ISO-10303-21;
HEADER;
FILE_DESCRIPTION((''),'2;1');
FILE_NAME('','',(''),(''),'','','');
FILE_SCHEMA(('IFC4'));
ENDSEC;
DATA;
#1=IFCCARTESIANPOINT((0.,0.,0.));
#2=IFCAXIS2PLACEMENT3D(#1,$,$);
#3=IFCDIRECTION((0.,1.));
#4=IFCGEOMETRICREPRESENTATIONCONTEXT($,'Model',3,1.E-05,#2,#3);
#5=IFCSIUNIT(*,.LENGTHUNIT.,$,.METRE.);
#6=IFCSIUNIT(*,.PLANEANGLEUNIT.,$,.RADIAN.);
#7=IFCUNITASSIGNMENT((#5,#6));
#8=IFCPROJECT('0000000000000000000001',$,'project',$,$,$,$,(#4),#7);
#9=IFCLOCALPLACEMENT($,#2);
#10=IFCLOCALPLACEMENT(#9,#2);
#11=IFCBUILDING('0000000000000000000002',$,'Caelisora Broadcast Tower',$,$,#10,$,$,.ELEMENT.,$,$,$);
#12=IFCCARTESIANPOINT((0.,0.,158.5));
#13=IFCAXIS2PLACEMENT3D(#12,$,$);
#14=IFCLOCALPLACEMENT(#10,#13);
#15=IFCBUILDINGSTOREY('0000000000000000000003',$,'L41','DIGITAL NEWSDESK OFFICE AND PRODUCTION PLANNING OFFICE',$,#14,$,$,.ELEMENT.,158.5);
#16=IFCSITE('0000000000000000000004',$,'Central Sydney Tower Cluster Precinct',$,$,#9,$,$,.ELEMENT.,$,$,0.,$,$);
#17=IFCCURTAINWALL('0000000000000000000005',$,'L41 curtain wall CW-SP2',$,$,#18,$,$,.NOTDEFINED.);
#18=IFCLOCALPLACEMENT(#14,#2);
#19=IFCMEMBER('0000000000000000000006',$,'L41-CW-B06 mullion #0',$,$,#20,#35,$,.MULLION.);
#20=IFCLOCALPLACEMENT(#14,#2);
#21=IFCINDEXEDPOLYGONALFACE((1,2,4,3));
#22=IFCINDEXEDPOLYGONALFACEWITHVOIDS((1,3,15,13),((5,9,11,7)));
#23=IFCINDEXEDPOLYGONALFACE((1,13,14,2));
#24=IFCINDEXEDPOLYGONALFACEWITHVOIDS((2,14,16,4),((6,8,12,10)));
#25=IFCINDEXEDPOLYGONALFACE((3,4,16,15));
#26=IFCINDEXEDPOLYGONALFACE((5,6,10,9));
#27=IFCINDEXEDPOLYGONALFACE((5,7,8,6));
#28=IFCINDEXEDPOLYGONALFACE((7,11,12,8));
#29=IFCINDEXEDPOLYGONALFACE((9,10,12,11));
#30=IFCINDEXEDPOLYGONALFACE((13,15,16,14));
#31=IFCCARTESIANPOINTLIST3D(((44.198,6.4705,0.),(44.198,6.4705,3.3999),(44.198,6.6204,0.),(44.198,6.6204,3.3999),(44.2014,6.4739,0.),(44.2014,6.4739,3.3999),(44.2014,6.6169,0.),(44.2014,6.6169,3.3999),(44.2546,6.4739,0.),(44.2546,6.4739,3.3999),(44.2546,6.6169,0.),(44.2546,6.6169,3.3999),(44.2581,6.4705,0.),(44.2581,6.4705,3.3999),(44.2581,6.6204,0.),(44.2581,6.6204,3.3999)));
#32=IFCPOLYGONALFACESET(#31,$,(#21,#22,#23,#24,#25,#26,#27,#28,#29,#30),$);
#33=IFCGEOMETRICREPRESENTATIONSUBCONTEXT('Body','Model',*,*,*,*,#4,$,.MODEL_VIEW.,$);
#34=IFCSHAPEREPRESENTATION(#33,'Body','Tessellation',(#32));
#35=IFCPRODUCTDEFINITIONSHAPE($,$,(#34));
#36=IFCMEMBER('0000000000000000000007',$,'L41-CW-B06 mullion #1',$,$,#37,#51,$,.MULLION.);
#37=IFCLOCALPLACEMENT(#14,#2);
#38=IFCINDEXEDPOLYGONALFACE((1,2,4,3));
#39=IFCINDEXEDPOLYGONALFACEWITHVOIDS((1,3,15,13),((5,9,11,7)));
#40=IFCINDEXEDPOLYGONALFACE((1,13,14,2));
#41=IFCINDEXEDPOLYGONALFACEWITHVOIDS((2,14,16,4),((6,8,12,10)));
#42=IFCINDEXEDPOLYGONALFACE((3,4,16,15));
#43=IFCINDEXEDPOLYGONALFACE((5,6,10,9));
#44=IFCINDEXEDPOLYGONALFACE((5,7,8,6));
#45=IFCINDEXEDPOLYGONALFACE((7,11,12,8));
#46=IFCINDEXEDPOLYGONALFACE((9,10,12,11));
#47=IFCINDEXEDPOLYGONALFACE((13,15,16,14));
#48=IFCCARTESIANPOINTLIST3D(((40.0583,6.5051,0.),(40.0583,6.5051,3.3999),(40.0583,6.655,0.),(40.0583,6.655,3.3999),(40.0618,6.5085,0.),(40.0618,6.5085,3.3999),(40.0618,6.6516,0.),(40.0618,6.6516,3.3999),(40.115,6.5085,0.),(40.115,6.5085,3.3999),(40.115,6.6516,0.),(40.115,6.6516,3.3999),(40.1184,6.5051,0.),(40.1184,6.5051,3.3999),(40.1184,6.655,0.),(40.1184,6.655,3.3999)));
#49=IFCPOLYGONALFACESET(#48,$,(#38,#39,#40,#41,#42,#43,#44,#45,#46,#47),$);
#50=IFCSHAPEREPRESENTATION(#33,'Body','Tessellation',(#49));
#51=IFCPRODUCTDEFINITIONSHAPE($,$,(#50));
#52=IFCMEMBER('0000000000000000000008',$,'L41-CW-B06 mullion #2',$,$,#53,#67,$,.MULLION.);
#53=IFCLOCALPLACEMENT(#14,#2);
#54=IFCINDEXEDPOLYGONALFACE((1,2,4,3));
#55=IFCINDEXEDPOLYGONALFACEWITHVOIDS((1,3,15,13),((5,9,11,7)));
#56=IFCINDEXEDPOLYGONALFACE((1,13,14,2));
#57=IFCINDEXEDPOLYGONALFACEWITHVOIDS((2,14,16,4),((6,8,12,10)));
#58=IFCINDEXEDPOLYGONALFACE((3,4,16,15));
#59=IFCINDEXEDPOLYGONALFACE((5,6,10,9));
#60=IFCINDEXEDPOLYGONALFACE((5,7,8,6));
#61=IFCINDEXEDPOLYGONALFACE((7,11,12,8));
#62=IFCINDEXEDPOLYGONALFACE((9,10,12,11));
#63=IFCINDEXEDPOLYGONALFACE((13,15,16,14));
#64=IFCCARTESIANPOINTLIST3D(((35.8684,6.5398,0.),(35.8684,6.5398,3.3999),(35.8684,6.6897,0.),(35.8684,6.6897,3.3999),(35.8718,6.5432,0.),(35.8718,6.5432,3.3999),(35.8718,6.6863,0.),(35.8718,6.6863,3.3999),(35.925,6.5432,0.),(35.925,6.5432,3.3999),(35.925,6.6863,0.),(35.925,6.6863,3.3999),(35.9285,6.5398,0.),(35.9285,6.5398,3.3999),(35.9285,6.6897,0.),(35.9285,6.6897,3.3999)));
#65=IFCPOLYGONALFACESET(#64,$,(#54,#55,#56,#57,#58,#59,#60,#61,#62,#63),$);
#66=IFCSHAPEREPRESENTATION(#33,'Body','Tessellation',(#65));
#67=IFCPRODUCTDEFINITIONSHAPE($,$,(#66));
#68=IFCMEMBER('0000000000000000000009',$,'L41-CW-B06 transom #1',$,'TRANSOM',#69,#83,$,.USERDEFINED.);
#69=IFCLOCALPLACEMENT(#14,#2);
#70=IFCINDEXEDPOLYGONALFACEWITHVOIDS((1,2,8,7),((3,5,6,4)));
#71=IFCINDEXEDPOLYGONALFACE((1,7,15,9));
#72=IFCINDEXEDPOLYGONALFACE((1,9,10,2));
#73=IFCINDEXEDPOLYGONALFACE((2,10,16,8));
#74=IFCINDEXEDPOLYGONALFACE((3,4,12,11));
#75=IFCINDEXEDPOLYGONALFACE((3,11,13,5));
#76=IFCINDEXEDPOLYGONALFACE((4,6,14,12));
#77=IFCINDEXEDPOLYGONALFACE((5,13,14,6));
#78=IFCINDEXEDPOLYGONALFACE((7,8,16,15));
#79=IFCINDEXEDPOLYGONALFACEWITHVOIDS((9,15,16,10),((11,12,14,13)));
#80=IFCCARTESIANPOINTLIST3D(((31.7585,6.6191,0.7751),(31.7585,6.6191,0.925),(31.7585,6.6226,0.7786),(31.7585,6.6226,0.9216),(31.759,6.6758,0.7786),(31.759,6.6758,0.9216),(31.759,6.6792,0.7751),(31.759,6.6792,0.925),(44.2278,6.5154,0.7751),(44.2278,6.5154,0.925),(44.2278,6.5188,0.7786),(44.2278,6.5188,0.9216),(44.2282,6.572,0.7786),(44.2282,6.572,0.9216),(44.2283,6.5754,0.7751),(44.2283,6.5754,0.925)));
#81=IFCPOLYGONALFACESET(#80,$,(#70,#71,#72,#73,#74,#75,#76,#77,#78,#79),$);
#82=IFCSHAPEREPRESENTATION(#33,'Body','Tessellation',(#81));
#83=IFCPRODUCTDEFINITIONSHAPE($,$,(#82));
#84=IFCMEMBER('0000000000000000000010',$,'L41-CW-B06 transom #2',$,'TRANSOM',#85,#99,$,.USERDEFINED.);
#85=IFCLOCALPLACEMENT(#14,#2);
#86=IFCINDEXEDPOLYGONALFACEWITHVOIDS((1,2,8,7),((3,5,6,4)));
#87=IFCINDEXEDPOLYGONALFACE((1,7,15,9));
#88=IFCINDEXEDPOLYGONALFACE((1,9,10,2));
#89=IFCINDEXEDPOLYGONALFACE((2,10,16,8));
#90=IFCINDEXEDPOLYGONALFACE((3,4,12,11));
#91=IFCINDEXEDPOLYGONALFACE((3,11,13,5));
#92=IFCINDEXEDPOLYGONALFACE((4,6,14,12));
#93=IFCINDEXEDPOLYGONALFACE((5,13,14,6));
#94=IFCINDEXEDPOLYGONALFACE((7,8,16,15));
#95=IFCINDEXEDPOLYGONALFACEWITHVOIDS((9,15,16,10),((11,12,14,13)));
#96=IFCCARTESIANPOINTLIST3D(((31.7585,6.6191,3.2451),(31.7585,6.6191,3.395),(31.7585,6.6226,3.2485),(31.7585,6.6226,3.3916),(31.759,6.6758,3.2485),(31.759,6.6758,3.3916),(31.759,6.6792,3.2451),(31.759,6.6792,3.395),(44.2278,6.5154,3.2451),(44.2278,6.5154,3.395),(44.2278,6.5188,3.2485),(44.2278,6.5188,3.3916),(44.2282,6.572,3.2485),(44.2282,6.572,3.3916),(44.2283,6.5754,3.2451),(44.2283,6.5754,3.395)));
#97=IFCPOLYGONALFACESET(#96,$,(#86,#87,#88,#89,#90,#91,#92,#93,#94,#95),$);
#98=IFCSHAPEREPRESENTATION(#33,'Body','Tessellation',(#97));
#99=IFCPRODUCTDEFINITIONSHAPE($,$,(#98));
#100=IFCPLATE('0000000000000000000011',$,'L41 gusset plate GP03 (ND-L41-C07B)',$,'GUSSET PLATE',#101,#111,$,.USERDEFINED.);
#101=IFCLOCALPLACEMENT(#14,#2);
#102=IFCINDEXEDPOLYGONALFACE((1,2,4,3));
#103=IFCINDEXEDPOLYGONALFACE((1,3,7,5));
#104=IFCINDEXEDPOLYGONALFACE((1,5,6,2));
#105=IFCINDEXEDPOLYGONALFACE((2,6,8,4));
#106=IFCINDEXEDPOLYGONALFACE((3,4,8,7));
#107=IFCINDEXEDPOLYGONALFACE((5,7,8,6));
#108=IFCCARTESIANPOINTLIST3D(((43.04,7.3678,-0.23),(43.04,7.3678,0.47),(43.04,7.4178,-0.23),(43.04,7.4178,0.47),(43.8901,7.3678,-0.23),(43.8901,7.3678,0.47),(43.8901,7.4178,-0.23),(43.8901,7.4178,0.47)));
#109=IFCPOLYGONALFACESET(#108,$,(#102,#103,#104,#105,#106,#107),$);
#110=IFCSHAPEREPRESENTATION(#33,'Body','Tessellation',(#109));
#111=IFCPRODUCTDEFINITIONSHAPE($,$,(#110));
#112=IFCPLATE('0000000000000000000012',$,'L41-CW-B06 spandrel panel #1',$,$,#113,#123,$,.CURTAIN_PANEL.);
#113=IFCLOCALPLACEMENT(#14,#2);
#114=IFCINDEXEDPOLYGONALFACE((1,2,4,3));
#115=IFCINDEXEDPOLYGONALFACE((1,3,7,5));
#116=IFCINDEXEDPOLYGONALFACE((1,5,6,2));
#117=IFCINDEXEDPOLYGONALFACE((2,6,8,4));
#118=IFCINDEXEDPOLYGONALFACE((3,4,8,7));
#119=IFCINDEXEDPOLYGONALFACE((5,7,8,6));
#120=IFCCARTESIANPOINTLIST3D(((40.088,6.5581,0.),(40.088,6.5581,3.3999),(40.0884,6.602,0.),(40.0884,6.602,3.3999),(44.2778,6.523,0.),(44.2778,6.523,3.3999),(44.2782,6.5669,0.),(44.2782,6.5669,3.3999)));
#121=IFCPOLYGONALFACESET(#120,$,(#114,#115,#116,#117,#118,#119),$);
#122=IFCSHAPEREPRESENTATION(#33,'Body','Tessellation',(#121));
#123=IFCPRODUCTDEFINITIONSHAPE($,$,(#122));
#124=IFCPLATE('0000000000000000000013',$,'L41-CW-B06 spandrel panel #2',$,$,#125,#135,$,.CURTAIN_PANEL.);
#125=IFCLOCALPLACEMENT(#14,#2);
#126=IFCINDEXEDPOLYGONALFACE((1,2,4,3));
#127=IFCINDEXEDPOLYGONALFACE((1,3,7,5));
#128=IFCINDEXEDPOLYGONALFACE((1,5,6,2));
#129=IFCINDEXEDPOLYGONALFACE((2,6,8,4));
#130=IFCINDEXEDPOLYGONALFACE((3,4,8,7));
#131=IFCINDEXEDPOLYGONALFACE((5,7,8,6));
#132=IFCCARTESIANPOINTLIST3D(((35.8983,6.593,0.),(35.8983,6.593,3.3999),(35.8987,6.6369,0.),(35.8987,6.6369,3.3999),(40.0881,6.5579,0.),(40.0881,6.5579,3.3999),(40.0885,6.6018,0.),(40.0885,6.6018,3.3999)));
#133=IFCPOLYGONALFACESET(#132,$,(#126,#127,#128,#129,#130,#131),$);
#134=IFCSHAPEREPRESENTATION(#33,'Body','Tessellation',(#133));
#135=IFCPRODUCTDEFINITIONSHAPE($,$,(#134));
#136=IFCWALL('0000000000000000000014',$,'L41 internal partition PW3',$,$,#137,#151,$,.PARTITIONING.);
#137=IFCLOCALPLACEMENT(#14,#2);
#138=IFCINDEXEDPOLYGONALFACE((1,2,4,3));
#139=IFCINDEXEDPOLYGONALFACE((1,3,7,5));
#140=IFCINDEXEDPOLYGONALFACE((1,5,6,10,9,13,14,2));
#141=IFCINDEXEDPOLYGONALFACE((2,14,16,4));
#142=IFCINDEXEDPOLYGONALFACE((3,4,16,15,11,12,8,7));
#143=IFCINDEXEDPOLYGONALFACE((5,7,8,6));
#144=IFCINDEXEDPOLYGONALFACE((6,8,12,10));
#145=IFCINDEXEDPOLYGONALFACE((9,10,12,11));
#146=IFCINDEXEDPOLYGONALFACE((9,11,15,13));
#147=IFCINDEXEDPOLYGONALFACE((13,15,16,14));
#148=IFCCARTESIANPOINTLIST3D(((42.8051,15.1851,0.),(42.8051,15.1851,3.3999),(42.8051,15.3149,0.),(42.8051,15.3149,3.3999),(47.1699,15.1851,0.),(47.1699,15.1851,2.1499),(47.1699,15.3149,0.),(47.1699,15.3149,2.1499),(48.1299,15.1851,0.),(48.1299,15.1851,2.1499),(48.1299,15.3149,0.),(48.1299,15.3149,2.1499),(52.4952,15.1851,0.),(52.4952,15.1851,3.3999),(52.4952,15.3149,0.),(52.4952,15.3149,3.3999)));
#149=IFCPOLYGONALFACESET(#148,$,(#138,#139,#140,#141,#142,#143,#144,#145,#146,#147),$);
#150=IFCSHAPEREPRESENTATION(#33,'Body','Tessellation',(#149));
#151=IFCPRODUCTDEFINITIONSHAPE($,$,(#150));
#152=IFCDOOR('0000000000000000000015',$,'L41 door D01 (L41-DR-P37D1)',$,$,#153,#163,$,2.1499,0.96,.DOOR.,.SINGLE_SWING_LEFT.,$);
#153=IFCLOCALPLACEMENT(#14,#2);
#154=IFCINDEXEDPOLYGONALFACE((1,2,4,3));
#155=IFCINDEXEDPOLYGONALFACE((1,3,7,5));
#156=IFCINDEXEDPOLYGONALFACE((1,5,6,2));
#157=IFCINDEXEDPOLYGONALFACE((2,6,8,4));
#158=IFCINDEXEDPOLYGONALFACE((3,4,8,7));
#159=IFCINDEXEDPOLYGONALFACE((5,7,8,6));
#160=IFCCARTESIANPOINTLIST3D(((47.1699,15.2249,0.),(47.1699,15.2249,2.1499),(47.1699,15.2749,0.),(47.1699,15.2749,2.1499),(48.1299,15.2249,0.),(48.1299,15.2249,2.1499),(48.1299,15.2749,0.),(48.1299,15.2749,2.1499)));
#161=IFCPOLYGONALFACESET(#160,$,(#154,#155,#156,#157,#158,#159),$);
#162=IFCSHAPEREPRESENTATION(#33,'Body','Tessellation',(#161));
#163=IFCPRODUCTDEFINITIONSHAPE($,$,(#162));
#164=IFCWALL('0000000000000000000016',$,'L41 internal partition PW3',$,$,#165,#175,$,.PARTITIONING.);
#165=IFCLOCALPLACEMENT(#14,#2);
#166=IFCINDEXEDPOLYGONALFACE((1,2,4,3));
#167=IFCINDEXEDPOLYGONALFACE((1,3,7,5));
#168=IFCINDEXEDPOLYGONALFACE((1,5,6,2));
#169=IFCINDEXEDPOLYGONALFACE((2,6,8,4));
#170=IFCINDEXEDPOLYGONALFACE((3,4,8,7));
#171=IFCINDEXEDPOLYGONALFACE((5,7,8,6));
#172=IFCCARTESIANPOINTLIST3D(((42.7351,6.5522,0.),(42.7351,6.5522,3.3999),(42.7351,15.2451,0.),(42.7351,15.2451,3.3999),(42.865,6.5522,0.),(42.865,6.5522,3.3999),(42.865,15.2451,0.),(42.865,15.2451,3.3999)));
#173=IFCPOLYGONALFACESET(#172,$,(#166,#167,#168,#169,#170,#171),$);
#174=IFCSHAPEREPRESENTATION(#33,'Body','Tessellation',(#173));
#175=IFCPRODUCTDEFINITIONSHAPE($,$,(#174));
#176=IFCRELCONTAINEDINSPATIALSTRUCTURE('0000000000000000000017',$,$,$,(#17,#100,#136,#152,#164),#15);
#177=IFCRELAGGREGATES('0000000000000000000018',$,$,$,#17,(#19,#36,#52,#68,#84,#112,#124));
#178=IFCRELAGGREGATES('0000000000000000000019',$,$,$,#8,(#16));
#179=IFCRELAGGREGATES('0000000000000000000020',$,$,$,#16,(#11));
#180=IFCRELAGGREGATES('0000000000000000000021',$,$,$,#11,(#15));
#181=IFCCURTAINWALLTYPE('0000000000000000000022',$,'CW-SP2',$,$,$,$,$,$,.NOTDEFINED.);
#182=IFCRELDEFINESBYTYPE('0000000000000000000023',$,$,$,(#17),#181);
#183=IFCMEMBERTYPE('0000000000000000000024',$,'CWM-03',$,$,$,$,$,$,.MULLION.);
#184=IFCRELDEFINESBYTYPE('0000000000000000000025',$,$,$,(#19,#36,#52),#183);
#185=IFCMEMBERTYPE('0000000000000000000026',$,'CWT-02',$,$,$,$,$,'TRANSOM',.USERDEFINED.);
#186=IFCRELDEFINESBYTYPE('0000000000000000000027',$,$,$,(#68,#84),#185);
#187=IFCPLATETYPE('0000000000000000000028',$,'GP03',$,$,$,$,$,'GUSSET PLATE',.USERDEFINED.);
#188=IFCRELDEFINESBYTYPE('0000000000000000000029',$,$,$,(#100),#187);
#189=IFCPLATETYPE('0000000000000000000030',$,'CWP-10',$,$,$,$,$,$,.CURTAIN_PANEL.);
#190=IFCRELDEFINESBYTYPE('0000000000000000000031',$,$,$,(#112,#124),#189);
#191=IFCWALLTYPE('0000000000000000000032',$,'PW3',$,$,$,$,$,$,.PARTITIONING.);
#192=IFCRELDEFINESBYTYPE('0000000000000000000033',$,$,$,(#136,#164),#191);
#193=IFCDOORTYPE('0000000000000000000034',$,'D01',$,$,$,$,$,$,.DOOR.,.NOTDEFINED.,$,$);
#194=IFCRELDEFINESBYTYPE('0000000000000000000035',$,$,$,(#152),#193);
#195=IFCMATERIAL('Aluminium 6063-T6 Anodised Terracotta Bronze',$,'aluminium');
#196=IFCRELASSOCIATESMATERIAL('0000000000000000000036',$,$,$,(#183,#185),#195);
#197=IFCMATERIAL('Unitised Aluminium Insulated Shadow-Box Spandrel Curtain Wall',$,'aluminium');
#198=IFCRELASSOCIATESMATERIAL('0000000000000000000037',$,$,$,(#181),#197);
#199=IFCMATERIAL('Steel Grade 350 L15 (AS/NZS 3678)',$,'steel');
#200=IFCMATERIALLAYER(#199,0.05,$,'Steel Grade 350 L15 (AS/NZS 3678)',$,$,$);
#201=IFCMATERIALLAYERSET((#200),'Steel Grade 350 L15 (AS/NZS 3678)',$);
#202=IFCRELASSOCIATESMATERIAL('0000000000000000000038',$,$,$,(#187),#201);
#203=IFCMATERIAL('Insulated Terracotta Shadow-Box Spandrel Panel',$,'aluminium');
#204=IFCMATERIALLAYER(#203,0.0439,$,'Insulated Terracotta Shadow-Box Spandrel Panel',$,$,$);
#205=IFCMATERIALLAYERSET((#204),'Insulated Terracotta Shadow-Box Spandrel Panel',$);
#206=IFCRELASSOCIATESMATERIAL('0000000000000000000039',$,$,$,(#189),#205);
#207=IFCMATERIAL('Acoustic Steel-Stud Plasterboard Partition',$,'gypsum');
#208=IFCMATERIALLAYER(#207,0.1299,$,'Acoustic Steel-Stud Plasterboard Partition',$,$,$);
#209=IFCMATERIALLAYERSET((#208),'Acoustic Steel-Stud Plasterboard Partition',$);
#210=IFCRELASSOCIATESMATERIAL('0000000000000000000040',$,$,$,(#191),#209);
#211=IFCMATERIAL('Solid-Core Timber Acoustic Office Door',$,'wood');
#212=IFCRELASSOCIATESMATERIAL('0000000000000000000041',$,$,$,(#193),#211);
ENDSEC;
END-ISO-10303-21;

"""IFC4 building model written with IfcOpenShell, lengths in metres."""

from ifc_helpers import new_model, si_unit, direction, frame, frame_2d, origin, origin_2d, place, context, subcontext, project, spatial, rectangle, hollow_rectangle, extrude, source, transform, mapped, material, layer, layer_set, material_profile, profile_set, type_object, type_shapes, element, fill, aggregate, save


model = new_model("IFC4")

# Units and contexts
model_context = context("Model", 3, precision=1e-05, world=origin(), true_north=direction((0.0, 1.0)))
body_context = subcontext(model_context, "Body", "Model", "MODEL_VIEW")
ifc_project = project(units=[si_unit("LENGTHUNIT", "METRE"), si_unit("PLANEANGLEUNIT", "RADIAN")], contexts=[model_context])

# Site, building, storey
site_placement = place(None, origin())
site = spatial("IfcSite", under=ifc_project, at=site_placement, Name="Central Sydney Tower Cluster Precinct", CompositionType="ELEMENT", RefElevation=0.0)
building_placement = place(site_placement, origin())
building = spatial("IfcBuilding", under=site, at=building_placement, Name="Caelisora Broadcast Tower", CompositionType="ELEMENT")
storey_placement = place(building_placement, frame((0.0, 0.0, 158.5)))
storey = spatial("IfcBuildingStorey", under=building, at=storey_placement, Name="L41", Description="DIGITAL NEWSDESK OFFICE AND PRODUCTION PLANNING OFFICE", CompositionType="ELEMENT", Elevation=158.5)

# Shared definitions
ifc_material_1 = material(Name="Steel Grade 350 L15 (AS/NZS 3678)", Category="steel")

# Shared definitions
ifc_material_2 = material(Name="Aluminium 6063-T6 Anodised Terracotta Bronze", Category="aluminium")
ifc_material_profile_1 = material_profile(ifc_material_2, hollow_rectangle(XDim=0.0601, YDim=0.1499, WallThickness=0.0034, at=origin_2d()), Name="Aluminium 6063-T6 Anodised Terracotta Bronze")
ifc_profile_set_1 = profile_set([ifc_material_profile_1], Name="Aluminium 6063-T6 Anodised Terracotta Bronze")
member_type_1 = type_object("IfcMemberType", Name="CWM-03", PredefinedType="MULLION", material=ifc_profile_set_1)
shared_shape_1 = source(origin(), body_context, "Body", "SweptSolid", [
    extrude(hollow_rectangle(XDim=0.0601, YDim=0.1499, WallThickness=0.0034, at=origin_2d()), origin(), (0.0, 0.0, 1.0), 3.3999),
])
type_shapes(member_type_1, [shared_shape_1])

# Curtain wall, members
ifc_material_3 = material(Name="Unitised Aluminium Insulated Shadow-Box Spandrel Curtain Wall", Category="aluminium")
curtain_wall_type_1 = type_object("IfcCurtainWallType", Name="CW-SP2", PredefinedType="NOTDEFINED", material=ifc_material_3)
curtain_wall_1_placement = place(storey_placement, origin())
curtain_wall_1 = element("IfcCurtainWall", 1, at=curtain_wall_1_placement, inside=storey, type_object=curtain_wall_type_1, Name="L41 curtain wall CW-SP2", PredefinedType="NOTDEFINED")
member_1_placement = place(storey_placement, frame((44.228, 6.5454, 0.0), z_axis=(0.0, 0.0, 1.0), x_axis=(1.0, 0.0, 0.0)))
member_1 = element("IfcMember", 2, at=member_1_placement, type_object=member_type_1, Name="L41-CW-B06 mullion #0", PredefinedType="MULLION", context=body_context, shape_type="MappedRepresentation", body=[
    mapped(shared_shape_1, transform((0.0, 0.0, 0.0), scale=1.0)),
])
member_2_placement = place(storey_placement, frame((40.0884, 6.5801, 0.0), z_axis=(0.0, 0.0, 1.0), x_axis=(1.0, 0.0, 0.0)))
member_2 = element("IfcMember", 3, at=member_2_placement, type_object=member_type_1, Name="L41-CW-B06 mullion #1", PredefinedType="MULLION", context=body_context, shape_type="MappedRepresentation", body=[
    mapped(shared_shape_1, transform((0.0, 0.0, 0.0), scale=1.0)),
])
member_3_placement = place(storey_placement, frame((35.8984, 6.6147, 0.0), z_axis=(0.0, 0.0, 1.0), x_axis=(1.0, 0.0, 0.0)))
member_3 = element("IfcMember", 4, at=member_3_placement, type_object=member_type_1, Name="L41-CW-B06 mullion #2", PredefinedType="MULLION", context=body_context, shape_type="MappedRepresentation", body=[
    mapped(shared_shape_1, transform((0.0, 0.0, 0.0), scale=1.0)),
])
ifc_material_profile_2 = material_profile(ifc_material_2, hollow_rectangle(XDim=0.0601, YDim=0.1499, WallThickness=0.0034, at=origin_2d()), Name="Aluminium 6063-T6 Anodised Terracotta Bronze")
ifc_profile_set_2 = profile_set([ifc_material_profile_2], Name="Aluminium 6063-T6 Anodised Terracotta Bronze")
member_type_2 = type_object("IfcMemberType", Name="CWT-02", ElementType="TRANSOM", PredefinedType="USERDEFINED", material=ifc_profile_set_2)
shared_shape_2 = source(origin(), body_context, "Body", "SweptSolid", [
    extrude(hollow_rectangle(XDim=0.0601, YDim=0.1499, WallThickness=0.0034, at=origin_2d()), origin(), (0.0, 0.0, 1.0), 12.4697),
])
type_shapes(member_type_2, [shared_shape_2])
member_4_placement = place(storey_placement, frame((44.228, 6.5454, 0.8501), z_axis=(-0.999965, 0.008321, 0.0), x_axis=(-0.008321, -0.999965, 0.0)))
member_4 = element("IfcMember", 5, at=member_4_placement, type_object=member_type_2, Name="L41-CW-B06 transom #1", ObjectType="TRANSOM", PredefinedType="USERDEFINED", context=body_context, shape_type="MappedRepresentation", body=[
    mapped(shared_shape_2, transform((0.0, 0.0, 0.0), scale=1.0)),
])
member_5_placement = place(storey_placement, frame((44.228, 6.5454, 3.3201), z_axis=(-0.999965, 0.008321, 0.0), x_axis=(-0.008321, -0.999965, 0.0)))
member_5 = element("IfcMember", 6, at=member_5_placement, type_object=member_type_2, Name="L41-CW-B06 transom #2", ObjectType="TRANSOM", PredefinedType="USERDEFINED", context=body_context, shape_type="MappedRepresentation", body=[
    mapped(shared_shape_2, transform((0.0, 0.0, 0.0), scale=1.0)),
])

# Plates
ifc_layer_1 = layer(ifc_material_1, 0.05, Name="Steel Grade 350 L15 (AS/NZS 3678)")
ifc_layer_set_1 = layer_set([ifc_layer_1], Name="Steel Grade 350 L15 (AS/NZS 3678)")
plate_type_1 = type_object("IfcPlateType", Name="GP03", ElementType="GUSSET PLATE", PredefinedType="USERDEFINED", material=ifc_layer_set_1)
shared_shape_3 = source(origin(), body_context, "Body", "SweptSolid", [
    extrude(rectangle(XDim=0.8501, YDim=0.05, at=origin_2d()), origin(), (0.0, 0.0, 1.0), 0.7),
])
type_shapes(plate_type_1, [shared_shape_3])
plate_1_placement = place(storey_placement, frame((43.4651, 7.3928, -0.23), z_axis=(0.0, 0.0, 1.0), x_axis=(1.0, 0.0, 0.0)))
element("IfcPlate", 7, at=plate_1_placement, inside=storey, type_object=plate_type_1, Name="L41 gusset plate GP03 (ND-L41-C07B)", ObjectType="GUSSET PLATE", PredefinedType="USERDEFINED", context=body_context, shape_type="MappedRepresentation", body=[
    mapped(shared_shape_3, transform((0.0, 0.0, 0.0), scale=1.0)),
])
ifc_material_4 = material(Name="Insulated Terracotta Shadow-Box Spandrel Panel", Category="aluminium")
ifc_layer_2 = layer(ifc_material_4, 0.0439, Name="Insulated Terracotta Shadow-Box Spandrel Panel")
ifc_layer_set_2 = layer_set([ifc_layer_2], Name="Insulated Terracotta Shadow-Box Spandrel Panel")
plate_type_2 = type_object("IfcPlateType", Name="CWP-10", PredefinedType="CURTAIN_PANEL", material=ifc_layer_set_2)
shared_shape_4 = source(origin(), body_context, "Body", "SweptSolid", [
    extrude(rectangle(XDim=4.1899, YDim=0.0439, at=origin_2d()), origin(), (0.0, 0.0, 1.0), 3.3999),
])
type_shapes(plate_type_2, [shared_shape_4])
plate_2_placement = place(storey_placement, frame((42.1831, 6.5625, 0.0), z_axis=(0.0, 0.0, 1.0), x_axis=(-0.999965, 0.008377, 0.0)))
plate_2 = element("IfcPlate", 8, at=plate_2_placement, type_object=plate_type_2, Name="L41-CW-B06 spandrel panel #1", PredefinedType="CURTAIN_PANEL", context=body_context, shape_type="MappedRepresentation", body=[
    mapped(shared_shape_4, transform((0.0, 0.0, 0.0), scale=1.0)),
])
plate_3_placement = place(storey_placement, frame((37.9934, 6.5974, 0.0), z_axis=(0.0, 0.0, 1.0), x_axis=(-0.999965, 0.008377, 0.0)))
plate_3 = element("IfcPlate", 9, at=plate_3_placement, type_object=plate_type_2, Name="L41-CW-B06 spandrel panel #2", PredefinedType="CURTAIN_PANEL", context=body_context, shape_type="MappedRepresentation", body=[
    mapped(shared_shape_4, transform((0.0, 0.0, 0.0), scale=1.0)),
])
aggregate(curtain_wall_1, [member_1, member_2, member_3, member_4, member_5, plate_2, plate_3])

# Wall, opening, door
ifc_material_5 = material(Name="Acoustic Steel-Stud Plasterboard Partition", Category="gypsum")
ifc_layer_3 = layer(ifc_material_5, 0.1299, Name="Acoustic Steel-Stud Plasterboard Partition")
ifc_layer_set_3 = layer_set([ifc_layer_3], Name="Acoustic Steel-Stud Plasterboard Partition")
wall_type = type_object("IfcWallType", Name="PW3", PredefinedType="PARTITIONING", material=ifc_layer_set_3)
wall_1_placement = place(storey_placement, frame((42.8049, 15.25, 0.0), z_axis=(0.0, 0.0, 1.0), x_axis=(1.0, 0.0, 0.0)))
wall_1 = element("IfcWall", 10, at=wall_1_placement, inside=storey, type_object=wall_type, Name="L41 internal partition PW3", PredefinedType="PARTITIONING", context=body_context, shape_type="SweptSolid", body=[
    extrude(rectangle(XDim=9.6902, YDim=0.1299, at=frame_2d((4.8452, 0.0))), origin(), (0.0, 0.0, 1.0), 3.3999),
])
opening_placement = place(wall_1_placement, frame((4.365, 0.0, 0.0)))
opening = element("IfcOpeningElement", 11, at=opening_placement, cuts=wall_1, PredefinedType="OPENING", context=body_context, shape_type="SweptSolid", body=[
    extrude(rectangle(XDim=0.96, YDim=2.1499, at=frame_2d((0.48, 1.075))), frame((0.0, 0.0769, 0.0), z_axis=(0.0, -1.0, 0.0), x_axis=(1.0, 0.0, 0.0)), (0.0, 0.0, 1.0), 0.1538),
])
ifc_material_6 = material(Name="Solid-Core Timber Acoustic Office Door", Category="wood")
door_type = type_object("IfcDoorType", Name="D01", OperationType="NOTDEFINED", PredefinedType="DOOR", material=ifc_material_6)
door_placement = place(opening_placement, origin())
door = element("IfcDoor", 12, at=door_placement, inside=storey, type_object=door_type, Name="L41 door D01 (L41-DR-P37D1)", OperationType="SINGLE_SWING_LEFT", OverallHeight=2.1499, OverallWidth=0.96, PredefinedType="DOOR", context=body_context, shape_type="SweptSolid", body=[
    extrude(rectangle(XDim=0.96, YDim=2.1499, at=frame_2d((0.48, 1.075))), frame((0.0, 0.0249, 0.0), z_axis=(0.0, -1.0, 0.0), x_axis=(1.0, 0.0, 0.0)), (0.0, 0.0, 1.0), 0.05),
])
fill(opening, door)

# Wall
wall_2_placement = place(storey_placement, frame((42.8, 6.5522, 0.0), z_axis=(0.0, 0.0, 1.0), x_axis=(0.0, 1.0, 0.0)))
element("IfcWall", 13, at=wall_2_placement, inside=storey, type_object=wall_type, Name="L41 internal partition PW3", PredefinedType="PARTITIONING", context=body_context, shape_type="SweptSolid", body=[
    extrude(rectangle(XDim=8.6929, YDim=0.1299, at=frame_2d((4.3464, 0.0))), origin(), (0.0, 0.0, 1.0), 3.3999),
])

save(model, "model.ifc")
